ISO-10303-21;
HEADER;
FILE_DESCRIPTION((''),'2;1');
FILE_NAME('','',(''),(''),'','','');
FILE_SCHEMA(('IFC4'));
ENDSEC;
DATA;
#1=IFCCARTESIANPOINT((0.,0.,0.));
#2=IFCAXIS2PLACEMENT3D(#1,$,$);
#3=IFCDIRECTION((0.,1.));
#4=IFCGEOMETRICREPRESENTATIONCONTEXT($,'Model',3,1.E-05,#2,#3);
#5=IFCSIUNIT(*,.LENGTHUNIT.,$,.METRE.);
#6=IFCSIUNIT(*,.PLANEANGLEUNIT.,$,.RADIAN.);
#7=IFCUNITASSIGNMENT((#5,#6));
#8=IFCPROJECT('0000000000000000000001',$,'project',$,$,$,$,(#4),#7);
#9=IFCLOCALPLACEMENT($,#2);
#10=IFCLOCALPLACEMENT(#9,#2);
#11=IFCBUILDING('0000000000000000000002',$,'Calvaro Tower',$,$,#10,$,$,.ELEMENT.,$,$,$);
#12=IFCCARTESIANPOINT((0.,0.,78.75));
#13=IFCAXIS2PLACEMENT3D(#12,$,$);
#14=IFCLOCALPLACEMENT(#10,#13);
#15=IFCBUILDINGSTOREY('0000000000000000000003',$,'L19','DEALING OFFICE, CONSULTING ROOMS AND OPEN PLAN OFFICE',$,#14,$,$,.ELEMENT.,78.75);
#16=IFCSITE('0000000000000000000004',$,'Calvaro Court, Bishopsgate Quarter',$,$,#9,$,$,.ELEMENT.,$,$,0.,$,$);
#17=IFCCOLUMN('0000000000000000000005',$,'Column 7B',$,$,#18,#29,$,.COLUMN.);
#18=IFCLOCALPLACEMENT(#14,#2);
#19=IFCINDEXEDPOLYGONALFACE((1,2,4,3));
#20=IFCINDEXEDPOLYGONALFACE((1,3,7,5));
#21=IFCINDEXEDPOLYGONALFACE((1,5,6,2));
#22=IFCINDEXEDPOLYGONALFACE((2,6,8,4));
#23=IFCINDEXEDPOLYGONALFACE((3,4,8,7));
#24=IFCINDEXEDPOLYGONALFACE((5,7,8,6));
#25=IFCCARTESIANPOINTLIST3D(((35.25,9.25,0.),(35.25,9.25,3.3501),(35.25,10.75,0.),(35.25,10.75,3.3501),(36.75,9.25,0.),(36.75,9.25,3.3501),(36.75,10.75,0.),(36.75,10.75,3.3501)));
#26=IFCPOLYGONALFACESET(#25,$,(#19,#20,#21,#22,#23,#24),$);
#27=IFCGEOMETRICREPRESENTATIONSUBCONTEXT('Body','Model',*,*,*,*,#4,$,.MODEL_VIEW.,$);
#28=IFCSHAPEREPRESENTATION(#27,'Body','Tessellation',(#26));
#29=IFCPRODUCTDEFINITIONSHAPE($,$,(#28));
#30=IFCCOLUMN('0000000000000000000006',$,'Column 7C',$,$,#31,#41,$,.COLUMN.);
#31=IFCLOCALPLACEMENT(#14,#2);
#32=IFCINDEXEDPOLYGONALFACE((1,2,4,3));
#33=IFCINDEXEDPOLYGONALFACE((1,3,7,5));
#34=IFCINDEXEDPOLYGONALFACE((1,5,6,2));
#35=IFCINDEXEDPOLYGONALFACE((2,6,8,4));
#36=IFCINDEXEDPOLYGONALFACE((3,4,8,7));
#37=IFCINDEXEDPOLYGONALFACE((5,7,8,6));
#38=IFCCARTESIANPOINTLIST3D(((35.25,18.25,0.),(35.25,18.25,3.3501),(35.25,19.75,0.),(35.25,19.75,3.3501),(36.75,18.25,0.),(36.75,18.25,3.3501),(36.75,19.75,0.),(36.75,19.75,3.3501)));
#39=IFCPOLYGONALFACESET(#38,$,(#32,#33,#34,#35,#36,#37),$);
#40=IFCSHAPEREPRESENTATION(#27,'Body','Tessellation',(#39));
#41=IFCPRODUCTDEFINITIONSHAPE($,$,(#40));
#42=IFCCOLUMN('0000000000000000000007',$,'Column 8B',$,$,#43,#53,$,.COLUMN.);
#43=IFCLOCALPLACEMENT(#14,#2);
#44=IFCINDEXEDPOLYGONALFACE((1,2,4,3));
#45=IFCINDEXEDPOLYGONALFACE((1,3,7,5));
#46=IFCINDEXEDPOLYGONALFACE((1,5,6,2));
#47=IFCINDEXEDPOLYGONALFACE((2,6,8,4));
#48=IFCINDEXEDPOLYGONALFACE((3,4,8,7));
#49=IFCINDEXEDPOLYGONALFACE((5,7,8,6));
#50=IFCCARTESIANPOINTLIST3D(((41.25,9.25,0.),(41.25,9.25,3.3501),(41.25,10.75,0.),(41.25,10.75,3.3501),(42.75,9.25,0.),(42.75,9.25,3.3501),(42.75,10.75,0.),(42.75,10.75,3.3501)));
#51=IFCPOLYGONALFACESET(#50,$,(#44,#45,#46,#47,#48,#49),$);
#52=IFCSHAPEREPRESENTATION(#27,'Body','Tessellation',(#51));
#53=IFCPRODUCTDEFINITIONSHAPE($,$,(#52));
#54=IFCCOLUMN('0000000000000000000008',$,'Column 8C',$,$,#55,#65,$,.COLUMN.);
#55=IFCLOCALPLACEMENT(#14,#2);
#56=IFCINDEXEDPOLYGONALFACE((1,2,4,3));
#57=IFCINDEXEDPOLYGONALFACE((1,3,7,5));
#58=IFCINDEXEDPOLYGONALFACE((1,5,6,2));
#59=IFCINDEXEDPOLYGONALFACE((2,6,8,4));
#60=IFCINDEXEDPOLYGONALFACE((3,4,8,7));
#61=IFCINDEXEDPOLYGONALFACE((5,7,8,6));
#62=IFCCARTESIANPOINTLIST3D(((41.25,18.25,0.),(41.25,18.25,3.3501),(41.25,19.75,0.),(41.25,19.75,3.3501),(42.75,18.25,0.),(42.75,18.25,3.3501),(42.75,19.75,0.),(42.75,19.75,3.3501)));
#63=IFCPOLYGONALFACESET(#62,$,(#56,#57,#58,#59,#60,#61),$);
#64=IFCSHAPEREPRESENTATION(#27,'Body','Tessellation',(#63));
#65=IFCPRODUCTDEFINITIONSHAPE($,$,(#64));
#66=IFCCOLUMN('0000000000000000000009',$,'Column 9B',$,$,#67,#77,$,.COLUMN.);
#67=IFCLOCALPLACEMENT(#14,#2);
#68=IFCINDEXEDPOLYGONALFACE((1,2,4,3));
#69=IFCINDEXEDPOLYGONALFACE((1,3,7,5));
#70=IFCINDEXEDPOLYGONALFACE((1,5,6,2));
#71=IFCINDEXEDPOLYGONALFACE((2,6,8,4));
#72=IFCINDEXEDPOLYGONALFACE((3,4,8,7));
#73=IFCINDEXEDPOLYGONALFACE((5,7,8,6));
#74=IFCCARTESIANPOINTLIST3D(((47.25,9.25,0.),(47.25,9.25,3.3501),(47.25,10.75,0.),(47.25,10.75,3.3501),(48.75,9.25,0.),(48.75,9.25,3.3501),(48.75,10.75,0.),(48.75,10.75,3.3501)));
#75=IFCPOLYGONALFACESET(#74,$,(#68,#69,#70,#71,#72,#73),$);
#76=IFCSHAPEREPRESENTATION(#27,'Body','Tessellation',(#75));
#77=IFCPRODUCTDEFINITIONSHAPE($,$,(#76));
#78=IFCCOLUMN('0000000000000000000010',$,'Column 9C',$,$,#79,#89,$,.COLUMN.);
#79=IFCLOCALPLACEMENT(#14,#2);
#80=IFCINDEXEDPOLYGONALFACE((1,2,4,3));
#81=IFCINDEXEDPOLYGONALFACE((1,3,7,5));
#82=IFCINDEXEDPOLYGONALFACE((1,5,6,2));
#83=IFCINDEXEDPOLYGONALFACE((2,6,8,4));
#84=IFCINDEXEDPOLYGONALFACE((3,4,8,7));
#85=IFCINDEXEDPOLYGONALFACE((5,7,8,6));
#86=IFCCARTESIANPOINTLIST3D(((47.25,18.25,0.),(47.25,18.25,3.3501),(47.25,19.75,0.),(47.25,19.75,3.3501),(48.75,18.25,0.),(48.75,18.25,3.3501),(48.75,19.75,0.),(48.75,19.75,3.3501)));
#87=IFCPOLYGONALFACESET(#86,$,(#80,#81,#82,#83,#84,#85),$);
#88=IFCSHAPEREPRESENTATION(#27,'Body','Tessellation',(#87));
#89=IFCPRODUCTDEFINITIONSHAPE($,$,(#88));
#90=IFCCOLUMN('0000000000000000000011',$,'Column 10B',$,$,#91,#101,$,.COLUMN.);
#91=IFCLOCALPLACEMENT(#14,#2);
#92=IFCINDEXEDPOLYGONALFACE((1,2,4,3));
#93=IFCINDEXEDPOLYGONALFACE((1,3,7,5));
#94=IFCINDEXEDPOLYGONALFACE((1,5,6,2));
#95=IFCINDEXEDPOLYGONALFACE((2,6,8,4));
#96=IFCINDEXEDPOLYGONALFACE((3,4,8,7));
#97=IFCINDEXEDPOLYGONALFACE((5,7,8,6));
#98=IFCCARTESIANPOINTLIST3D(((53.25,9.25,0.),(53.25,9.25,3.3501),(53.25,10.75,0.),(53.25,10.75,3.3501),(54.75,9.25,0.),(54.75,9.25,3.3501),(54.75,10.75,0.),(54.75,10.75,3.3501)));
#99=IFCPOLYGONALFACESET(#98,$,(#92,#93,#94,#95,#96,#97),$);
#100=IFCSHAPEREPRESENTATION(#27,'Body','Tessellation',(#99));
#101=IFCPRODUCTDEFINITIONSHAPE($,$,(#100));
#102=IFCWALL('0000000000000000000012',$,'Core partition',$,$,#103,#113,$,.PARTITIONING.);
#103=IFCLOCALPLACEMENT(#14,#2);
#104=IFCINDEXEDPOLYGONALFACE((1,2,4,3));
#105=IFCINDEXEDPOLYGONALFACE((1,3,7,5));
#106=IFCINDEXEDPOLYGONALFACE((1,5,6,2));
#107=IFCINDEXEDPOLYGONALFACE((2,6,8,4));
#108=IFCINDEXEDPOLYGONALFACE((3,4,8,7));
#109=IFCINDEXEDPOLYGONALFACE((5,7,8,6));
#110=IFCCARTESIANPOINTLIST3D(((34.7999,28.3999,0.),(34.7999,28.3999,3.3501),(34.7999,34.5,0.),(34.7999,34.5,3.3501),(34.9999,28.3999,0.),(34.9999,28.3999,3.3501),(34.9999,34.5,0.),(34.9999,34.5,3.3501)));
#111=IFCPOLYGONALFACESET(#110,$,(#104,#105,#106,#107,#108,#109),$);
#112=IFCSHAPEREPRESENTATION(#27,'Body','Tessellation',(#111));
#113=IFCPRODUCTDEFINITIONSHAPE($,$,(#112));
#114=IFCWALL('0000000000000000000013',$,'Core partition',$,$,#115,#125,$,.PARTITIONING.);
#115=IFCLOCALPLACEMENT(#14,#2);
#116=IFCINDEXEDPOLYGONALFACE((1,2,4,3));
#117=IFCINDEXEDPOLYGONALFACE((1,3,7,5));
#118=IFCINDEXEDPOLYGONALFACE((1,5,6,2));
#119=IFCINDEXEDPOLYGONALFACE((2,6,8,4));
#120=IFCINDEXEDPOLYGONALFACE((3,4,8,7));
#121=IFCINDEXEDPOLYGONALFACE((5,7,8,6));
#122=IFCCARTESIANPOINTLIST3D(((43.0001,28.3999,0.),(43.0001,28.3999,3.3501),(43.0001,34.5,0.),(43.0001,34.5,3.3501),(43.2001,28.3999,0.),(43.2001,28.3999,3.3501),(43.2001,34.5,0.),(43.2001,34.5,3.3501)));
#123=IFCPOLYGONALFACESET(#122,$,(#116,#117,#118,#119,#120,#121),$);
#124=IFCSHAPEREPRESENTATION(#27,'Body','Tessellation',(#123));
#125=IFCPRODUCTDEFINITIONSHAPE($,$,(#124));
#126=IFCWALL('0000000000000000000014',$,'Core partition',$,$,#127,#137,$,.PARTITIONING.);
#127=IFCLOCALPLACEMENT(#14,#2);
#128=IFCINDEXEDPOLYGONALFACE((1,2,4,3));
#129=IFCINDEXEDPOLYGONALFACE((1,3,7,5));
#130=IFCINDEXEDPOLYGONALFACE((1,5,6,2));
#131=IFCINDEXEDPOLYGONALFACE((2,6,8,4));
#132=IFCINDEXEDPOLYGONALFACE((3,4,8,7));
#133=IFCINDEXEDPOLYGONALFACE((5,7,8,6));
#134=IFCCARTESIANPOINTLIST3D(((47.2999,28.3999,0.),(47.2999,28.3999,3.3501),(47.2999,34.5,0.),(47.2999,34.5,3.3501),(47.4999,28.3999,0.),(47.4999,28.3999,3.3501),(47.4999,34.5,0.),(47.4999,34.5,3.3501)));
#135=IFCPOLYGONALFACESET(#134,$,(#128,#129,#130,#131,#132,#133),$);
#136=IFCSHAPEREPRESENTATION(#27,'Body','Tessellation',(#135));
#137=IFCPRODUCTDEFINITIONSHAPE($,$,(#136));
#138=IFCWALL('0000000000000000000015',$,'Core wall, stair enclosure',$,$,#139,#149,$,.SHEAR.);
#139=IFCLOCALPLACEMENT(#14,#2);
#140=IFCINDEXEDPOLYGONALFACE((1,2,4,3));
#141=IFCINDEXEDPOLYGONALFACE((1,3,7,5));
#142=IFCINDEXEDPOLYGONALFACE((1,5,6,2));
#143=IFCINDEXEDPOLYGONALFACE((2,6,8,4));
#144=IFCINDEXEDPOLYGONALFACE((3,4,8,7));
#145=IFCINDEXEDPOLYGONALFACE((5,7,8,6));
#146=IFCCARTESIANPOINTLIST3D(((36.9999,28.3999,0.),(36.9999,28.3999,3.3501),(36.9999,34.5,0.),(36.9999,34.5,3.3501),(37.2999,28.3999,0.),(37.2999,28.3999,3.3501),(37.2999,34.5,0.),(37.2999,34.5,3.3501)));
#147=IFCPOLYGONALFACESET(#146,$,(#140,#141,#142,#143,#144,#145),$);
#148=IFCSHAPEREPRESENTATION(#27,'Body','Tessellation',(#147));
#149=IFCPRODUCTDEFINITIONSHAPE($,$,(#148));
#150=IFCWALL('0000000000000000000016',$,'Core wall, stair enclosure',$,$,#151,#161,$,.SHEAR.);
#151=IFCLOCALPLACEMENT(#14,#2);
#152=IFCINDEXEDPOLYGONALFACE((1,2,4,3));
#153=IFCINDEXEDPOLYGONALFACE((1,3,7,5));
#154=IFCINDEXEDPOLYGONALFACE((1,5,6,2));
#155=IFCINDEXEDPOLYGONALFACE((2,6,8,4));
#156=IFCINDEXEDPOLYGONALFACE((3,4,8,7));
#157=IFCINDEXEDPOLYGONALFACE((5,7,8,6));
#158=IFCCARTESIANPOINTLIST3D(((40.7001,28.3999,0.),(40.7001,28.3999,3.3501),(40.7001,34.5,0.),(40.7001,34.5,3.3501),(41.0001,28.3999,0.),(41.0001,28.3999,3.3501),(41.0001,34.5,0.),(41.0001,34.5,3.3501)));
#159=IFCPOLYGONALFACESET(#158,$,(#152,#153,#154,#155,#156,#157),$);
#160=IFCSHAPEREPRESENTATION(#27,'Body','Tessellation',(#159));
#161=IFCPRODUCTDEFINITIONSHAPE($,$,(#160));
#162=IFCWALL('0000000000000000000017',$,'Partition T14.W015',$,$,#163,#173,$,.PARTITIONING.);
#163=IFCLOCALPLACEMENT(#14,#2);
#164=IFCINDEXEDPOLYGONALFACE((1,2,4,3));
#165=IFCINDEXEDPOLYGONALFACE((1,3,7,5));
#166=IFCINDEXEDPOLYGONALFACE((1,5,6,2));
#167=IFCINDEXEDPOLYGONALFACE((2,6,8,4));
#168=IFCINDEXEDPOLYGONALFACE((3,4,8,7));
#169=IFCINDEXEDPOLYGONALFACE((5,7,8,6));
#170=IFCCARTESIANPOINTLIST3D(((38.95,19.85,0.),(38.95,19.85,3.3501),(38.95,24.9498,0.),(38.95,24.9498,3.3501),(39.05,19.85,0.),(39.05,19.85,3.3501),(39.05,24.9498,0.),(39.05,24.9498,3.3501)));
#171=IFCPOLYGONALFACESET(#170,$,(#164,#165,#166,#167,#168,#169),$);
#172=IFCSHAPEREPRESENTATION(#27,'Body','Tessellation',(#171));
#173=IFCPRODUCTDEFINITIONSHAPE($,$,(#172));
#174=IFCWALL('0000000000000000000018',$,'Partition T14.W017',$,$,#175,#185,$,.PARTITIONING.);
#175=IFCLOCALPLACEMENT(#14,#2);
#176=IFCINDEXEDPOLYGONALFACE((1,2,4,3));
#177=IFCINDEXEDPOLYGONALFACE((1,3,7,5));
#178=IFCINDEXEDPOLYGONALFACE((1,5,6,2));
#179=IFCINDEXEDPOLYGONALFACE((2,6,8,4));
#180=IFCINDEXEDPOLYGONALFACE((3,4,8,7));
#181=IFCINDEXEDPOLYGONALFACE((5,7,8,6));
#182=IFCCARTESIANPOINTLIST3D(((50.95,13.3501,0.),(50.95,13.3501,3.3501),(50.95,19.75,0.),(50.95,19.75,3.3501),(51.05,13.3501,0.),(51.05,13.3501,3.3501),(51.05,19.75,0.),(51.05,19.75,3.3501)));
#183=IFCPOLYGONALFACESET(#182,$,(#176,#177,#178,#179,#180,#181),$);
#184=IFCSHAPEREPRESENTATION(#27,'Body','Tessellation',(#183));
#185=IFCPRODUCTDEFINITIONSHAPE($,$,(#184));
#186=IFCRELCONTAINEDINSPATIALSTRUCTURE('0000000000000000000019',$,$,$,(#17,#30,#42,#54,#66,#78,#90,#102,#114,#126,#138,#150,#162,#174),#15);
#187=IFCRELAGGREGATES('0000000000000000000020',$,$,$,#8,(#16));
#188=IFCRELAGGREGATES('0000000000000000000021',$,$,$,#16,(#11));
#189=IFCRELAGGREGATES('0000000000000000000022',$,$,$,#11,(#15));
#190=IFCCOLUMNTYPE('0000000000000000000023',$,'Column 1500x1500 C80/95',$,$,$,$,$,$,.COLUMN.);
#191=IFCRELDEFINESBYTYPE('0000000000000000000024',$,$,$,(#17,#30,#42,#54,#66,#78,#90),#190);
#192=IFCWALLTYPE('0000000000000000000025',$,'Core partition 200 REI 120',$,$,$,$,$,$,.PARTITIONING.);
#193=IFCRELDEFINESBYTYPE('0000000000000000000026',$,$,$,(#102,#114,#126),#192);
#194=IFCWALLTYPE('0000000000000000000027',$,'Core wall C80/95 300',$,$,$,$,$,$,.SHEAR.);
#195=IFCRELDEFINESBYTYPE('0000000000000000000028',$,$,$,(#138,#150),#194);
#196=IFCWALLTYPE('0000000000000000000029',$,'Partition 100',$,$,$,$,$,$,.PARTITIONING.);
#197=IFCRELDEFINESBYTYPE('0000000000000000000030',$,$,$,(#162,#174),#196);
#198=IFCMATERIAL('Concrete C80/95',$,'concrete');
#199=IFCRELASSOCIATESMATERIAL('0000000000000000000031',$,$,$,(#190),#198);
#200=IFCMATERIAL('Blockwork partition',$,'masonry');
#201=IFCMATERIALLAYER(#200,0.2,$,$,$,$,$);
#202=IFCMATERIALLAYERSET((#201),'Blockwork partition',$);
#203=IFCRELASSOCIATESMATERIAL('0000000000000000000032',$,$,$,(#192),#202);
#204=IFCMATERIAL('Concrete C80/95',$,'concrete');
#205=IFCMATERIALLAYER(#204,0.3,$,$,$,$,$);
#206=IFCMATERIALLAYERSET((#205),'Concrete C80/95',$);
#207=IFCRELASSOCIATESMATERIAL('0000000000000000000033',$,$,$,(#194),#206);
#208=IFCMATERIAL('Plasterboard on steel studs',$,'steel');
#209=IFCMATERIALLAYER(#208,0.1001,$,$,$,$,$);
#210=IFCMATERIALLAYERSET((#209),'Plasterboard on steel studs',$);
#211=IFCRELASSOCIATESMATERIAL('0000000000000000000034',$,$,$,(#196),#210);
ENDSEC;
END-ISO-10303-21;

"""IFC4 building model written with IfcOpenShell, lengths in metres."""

from ifc_helpers import new_model, si_unit, direction, frame, frame_2d, origin, origin_2d, place, context, subcontext, project, spatial, rectangle, extrude, material, layer, layer_set, material_profile, profile_set, type_object, element, save


model = new_model("IFC4")

# Units and contexts
model_context = context("Model", 3, precision=1e-05, world=origin(), true_north=direction((0.0, 1.0)))
body_context = subcontext(model_context, "Body", "Model", "MODEL_VIEW")
ifc_project = project(units=[si_unit("LENGTHUNIT", "METRE"), si_unit("PLANEANGLEUNIT", "RADIAN")], contexts=[model_context])

# Site, building, storey
site_placement = place(None, origin())
site = spatial("IfcSite", under=ifc_project, at=site_placement, Name="Calvaro Court, Bishopsgate Quarter", CompositionType="ELEMENT", RefElevation=0.0)
building_placement = place(site_placement, origin())
building = spatial("IfcBuilding", under=site, at=building_placement, Name="Calvaro Tower", CompositionType="ELEMENT")
storey_placement = place(building_placement, frame((0.0, 0.0, 78.75)))
storey = spatial("IfcBuildingStorey", under=building, at=storey_placement, Name="L19", Description="DEALING OFFICE, CONSULTING ROOMS AND OPEN PLAN OFFICE", CompositionType="ELEMENT", Elevation=78.75)

# Columns
ifc_material_1 = material(Name="Concrete C80/95", Category="concrete")
ifc_material_profile = material_profile(ifc_material_1, rectangle(XDim=1.5, YDim=1.5, at=origin_2d()), Name="RC 1500x1500")
ifc_profile_set = profile_set([ifc_material_profile], Name="Concrete C80/95")
column_type = type_object("IfcColumnType", Name="Column 1500x1500 C80/95", PredefinedType="COLUMN", material=ifc_profile_set)
for number, where, z_axis, x_axis, name in (
    (1, (36.0, 10.0, 0.0), (0.0, 0.0, 1.0), (1.0, 0.0, 0.0), "Column 7B"),
    (2, (36.0, 19.0, 0.0), (0.0, 0.0, 1.0), (1.0, 0.0, 0.0), "Column 7C"),
    (3, (42.0, 10.0, 0.0), (0.0, 0.0, 1.0), (1.0, 0.0, 0.0), "Column 8B"),
    (4, (42.0, 19.0, 0.0), (0.0, 0.0, 1.0), (1.0, 0.0, 0.0), "Column 8C"),
    (5, (48.0, 10.0, 0.0), (0.0, 0.0, 1.0), (1.0, 0.0, 0.0), "Column 9B"),
    (6, (48.0, 19.0, 0.0), (0.0, 0.0, 1.0), (1.0, 0.0, 0.0), "Column 9C"),
    (7, (54.0, 10.0, 0.0), (0.0, 0.0, 1.0), (1.0, 0.0, 0.0), "Column 10B"),
):
    element("IfcColumn", number, at=place(storey_placement, frame(where, z_axis=z_axis, x_axis=x_axis)), inside=storey, type_object=column_type, Name=name, PredefinedType="COLUMN", context=body_context, shape_type="SweptSolid", body=[
        extrude(rectangle(XDim=1.5, YDim=1.5, at=origin_2d()), origin(), (0.0, 0.0, 1.0), 3.3501),
    ])

# Walls
ifc_material_2 = material(Name="Blockwork partition", Category="masonry")
ifc_layer_1 = layer(ifc_material_2, 0.2)
ifc_layer_set_1 = layer_set([ifc_layer_1], Name="Blockwork partition")
wall_type_1 = type_object("IfcWallType", Name="Core partition 200 REI 120", PredefinedType="PARTITIONING", material=ifc_layer_set_1)
for number, where, z_axis, x_axis, name in (
    (8, (34.8999, 28.3999, 0.0), (0.0, 0.0, 1.0), (0.0, 1.0, 0.0), "Core partition"),
    (9, (43.1001, 28.3999, 0.0), (0.0, 0.0, 1.0), (0.0, 1.0, 0.0), "Core partition"),
    (10, (47.3999, 28.3999, 0.0), (0.0, 0.0, 1.0), (0.0, 1.0, 0.0), "Core partition"),
):
    element("IfcWall", number, at=place(storey_placement, frame(where, z_axis=z_axis, x_axis=x_axis)), inside=storey, type_object=wall_type_1, Name=name, PredefinedType="PARTITIONING", context=body_context, shape_type="SweptSolid", body=[
        extrude(rectangle(XDim=6.1001, YDim=0.2, at=frame_2d((3.05, 0.0))), origin(), (0.0, 0.0, 1.0), 3.3501),
    ])
ifc_material_3 = material(Name="Concrete C80/95", Category="concrete")
ifc_layer_2 = layer(ifc_material_3, 0.3)
ifc_layer_set_2 = layer_set([ifc_layer_2], Name="Concrete C80/95")
wall_type_2 = type_object("IfcWallType", Name="Core wall C80/95 300", PredefinedType="SHEAR", material=ifc_layer_set_2)
for number, where, z_axis, x_axis, name in (
    (11, (37.1499, 28.3999, 0.0), (0.0, 0.0, 1.0), (0.0, 1.0, 0.0), "Core wall, stair enclosure"),
    (12, (40.8501, 28.3999, 0.0), (0.0, 0.0, 1.0), (0.0, 1.0, 0.0), "Core wall, stair enclosure"),
):
    element("IfcWall", number, at=place(storey_placement, frame(where, z_axis=z_axis, x_axis=x_axis)), inside=storey, type_object=wall_type_2, Name=name, PredefinedType="SHEAR", context=body_context, shape_type="SweptSolid", body=[
        extrude(rectangle(XDim=6.1001, YDim=0.3, at=frame_2d((3.05, 0.0))), origin(), (0.0, 0.0, 1.0), 3.3501),
    ])
ifc_material_4 = material(Name="Plasterboard on steel studs", Category="steel")
ifc_layer_3 = layer(ifc_material_4, 0.1001)
ifc_layer_set_3 = layer_set([ifc_layer_3], Name="Plasterboard on steel studs")
wall_type_3 = type_object("IfcWallType", Name="Partition 100", PredefinedType="PARTITIONING", material=ifc_layer_set_3)
wall_1_placement = place(storey_placement, frame((39.0, 19.8501, 0.0), z_axis=(0.0, 0.0, 1.0), x_axis=(0.0, 1.0, 0.0)))
element("IfcWall", 13, at=wall_1_placement, inside=storey, type_object=wall_type_3, Name="Partition T14.W015", PredefinedType="PARTITIONING", context=body_context, shape_type="SweptSolid", body=[
    extrude(rectangle(XDim=5.0999, YDim=0.1001, at=frame_2d((2.5498, 0.0))), origin(), (0.0, 0.0, 1.0), 3.3501),
])
wall_2_placement = place(storey_placement, frame((51.0, 13.3501, 0.0), z_axis=(0.0, 0.0, 1.0), x_axis=(0.0, 1.0, 0.0)))
element("IfcWall", 14, at=wall_2_placement, inside=storey, type_object=wall_type_3, Name="Partition T14.W017", PredefinedType="PARTITIONING", context=body_context, shape_type="SweptSolid", body=[
    extrude(rectangle(XDim=6.3999, YDim=0.1001, at=frame_2d((3.2, 0.0))), origin(), (0.0, 0.0, 1.0), 3.3501),
])

save(model, "model.ifc")
